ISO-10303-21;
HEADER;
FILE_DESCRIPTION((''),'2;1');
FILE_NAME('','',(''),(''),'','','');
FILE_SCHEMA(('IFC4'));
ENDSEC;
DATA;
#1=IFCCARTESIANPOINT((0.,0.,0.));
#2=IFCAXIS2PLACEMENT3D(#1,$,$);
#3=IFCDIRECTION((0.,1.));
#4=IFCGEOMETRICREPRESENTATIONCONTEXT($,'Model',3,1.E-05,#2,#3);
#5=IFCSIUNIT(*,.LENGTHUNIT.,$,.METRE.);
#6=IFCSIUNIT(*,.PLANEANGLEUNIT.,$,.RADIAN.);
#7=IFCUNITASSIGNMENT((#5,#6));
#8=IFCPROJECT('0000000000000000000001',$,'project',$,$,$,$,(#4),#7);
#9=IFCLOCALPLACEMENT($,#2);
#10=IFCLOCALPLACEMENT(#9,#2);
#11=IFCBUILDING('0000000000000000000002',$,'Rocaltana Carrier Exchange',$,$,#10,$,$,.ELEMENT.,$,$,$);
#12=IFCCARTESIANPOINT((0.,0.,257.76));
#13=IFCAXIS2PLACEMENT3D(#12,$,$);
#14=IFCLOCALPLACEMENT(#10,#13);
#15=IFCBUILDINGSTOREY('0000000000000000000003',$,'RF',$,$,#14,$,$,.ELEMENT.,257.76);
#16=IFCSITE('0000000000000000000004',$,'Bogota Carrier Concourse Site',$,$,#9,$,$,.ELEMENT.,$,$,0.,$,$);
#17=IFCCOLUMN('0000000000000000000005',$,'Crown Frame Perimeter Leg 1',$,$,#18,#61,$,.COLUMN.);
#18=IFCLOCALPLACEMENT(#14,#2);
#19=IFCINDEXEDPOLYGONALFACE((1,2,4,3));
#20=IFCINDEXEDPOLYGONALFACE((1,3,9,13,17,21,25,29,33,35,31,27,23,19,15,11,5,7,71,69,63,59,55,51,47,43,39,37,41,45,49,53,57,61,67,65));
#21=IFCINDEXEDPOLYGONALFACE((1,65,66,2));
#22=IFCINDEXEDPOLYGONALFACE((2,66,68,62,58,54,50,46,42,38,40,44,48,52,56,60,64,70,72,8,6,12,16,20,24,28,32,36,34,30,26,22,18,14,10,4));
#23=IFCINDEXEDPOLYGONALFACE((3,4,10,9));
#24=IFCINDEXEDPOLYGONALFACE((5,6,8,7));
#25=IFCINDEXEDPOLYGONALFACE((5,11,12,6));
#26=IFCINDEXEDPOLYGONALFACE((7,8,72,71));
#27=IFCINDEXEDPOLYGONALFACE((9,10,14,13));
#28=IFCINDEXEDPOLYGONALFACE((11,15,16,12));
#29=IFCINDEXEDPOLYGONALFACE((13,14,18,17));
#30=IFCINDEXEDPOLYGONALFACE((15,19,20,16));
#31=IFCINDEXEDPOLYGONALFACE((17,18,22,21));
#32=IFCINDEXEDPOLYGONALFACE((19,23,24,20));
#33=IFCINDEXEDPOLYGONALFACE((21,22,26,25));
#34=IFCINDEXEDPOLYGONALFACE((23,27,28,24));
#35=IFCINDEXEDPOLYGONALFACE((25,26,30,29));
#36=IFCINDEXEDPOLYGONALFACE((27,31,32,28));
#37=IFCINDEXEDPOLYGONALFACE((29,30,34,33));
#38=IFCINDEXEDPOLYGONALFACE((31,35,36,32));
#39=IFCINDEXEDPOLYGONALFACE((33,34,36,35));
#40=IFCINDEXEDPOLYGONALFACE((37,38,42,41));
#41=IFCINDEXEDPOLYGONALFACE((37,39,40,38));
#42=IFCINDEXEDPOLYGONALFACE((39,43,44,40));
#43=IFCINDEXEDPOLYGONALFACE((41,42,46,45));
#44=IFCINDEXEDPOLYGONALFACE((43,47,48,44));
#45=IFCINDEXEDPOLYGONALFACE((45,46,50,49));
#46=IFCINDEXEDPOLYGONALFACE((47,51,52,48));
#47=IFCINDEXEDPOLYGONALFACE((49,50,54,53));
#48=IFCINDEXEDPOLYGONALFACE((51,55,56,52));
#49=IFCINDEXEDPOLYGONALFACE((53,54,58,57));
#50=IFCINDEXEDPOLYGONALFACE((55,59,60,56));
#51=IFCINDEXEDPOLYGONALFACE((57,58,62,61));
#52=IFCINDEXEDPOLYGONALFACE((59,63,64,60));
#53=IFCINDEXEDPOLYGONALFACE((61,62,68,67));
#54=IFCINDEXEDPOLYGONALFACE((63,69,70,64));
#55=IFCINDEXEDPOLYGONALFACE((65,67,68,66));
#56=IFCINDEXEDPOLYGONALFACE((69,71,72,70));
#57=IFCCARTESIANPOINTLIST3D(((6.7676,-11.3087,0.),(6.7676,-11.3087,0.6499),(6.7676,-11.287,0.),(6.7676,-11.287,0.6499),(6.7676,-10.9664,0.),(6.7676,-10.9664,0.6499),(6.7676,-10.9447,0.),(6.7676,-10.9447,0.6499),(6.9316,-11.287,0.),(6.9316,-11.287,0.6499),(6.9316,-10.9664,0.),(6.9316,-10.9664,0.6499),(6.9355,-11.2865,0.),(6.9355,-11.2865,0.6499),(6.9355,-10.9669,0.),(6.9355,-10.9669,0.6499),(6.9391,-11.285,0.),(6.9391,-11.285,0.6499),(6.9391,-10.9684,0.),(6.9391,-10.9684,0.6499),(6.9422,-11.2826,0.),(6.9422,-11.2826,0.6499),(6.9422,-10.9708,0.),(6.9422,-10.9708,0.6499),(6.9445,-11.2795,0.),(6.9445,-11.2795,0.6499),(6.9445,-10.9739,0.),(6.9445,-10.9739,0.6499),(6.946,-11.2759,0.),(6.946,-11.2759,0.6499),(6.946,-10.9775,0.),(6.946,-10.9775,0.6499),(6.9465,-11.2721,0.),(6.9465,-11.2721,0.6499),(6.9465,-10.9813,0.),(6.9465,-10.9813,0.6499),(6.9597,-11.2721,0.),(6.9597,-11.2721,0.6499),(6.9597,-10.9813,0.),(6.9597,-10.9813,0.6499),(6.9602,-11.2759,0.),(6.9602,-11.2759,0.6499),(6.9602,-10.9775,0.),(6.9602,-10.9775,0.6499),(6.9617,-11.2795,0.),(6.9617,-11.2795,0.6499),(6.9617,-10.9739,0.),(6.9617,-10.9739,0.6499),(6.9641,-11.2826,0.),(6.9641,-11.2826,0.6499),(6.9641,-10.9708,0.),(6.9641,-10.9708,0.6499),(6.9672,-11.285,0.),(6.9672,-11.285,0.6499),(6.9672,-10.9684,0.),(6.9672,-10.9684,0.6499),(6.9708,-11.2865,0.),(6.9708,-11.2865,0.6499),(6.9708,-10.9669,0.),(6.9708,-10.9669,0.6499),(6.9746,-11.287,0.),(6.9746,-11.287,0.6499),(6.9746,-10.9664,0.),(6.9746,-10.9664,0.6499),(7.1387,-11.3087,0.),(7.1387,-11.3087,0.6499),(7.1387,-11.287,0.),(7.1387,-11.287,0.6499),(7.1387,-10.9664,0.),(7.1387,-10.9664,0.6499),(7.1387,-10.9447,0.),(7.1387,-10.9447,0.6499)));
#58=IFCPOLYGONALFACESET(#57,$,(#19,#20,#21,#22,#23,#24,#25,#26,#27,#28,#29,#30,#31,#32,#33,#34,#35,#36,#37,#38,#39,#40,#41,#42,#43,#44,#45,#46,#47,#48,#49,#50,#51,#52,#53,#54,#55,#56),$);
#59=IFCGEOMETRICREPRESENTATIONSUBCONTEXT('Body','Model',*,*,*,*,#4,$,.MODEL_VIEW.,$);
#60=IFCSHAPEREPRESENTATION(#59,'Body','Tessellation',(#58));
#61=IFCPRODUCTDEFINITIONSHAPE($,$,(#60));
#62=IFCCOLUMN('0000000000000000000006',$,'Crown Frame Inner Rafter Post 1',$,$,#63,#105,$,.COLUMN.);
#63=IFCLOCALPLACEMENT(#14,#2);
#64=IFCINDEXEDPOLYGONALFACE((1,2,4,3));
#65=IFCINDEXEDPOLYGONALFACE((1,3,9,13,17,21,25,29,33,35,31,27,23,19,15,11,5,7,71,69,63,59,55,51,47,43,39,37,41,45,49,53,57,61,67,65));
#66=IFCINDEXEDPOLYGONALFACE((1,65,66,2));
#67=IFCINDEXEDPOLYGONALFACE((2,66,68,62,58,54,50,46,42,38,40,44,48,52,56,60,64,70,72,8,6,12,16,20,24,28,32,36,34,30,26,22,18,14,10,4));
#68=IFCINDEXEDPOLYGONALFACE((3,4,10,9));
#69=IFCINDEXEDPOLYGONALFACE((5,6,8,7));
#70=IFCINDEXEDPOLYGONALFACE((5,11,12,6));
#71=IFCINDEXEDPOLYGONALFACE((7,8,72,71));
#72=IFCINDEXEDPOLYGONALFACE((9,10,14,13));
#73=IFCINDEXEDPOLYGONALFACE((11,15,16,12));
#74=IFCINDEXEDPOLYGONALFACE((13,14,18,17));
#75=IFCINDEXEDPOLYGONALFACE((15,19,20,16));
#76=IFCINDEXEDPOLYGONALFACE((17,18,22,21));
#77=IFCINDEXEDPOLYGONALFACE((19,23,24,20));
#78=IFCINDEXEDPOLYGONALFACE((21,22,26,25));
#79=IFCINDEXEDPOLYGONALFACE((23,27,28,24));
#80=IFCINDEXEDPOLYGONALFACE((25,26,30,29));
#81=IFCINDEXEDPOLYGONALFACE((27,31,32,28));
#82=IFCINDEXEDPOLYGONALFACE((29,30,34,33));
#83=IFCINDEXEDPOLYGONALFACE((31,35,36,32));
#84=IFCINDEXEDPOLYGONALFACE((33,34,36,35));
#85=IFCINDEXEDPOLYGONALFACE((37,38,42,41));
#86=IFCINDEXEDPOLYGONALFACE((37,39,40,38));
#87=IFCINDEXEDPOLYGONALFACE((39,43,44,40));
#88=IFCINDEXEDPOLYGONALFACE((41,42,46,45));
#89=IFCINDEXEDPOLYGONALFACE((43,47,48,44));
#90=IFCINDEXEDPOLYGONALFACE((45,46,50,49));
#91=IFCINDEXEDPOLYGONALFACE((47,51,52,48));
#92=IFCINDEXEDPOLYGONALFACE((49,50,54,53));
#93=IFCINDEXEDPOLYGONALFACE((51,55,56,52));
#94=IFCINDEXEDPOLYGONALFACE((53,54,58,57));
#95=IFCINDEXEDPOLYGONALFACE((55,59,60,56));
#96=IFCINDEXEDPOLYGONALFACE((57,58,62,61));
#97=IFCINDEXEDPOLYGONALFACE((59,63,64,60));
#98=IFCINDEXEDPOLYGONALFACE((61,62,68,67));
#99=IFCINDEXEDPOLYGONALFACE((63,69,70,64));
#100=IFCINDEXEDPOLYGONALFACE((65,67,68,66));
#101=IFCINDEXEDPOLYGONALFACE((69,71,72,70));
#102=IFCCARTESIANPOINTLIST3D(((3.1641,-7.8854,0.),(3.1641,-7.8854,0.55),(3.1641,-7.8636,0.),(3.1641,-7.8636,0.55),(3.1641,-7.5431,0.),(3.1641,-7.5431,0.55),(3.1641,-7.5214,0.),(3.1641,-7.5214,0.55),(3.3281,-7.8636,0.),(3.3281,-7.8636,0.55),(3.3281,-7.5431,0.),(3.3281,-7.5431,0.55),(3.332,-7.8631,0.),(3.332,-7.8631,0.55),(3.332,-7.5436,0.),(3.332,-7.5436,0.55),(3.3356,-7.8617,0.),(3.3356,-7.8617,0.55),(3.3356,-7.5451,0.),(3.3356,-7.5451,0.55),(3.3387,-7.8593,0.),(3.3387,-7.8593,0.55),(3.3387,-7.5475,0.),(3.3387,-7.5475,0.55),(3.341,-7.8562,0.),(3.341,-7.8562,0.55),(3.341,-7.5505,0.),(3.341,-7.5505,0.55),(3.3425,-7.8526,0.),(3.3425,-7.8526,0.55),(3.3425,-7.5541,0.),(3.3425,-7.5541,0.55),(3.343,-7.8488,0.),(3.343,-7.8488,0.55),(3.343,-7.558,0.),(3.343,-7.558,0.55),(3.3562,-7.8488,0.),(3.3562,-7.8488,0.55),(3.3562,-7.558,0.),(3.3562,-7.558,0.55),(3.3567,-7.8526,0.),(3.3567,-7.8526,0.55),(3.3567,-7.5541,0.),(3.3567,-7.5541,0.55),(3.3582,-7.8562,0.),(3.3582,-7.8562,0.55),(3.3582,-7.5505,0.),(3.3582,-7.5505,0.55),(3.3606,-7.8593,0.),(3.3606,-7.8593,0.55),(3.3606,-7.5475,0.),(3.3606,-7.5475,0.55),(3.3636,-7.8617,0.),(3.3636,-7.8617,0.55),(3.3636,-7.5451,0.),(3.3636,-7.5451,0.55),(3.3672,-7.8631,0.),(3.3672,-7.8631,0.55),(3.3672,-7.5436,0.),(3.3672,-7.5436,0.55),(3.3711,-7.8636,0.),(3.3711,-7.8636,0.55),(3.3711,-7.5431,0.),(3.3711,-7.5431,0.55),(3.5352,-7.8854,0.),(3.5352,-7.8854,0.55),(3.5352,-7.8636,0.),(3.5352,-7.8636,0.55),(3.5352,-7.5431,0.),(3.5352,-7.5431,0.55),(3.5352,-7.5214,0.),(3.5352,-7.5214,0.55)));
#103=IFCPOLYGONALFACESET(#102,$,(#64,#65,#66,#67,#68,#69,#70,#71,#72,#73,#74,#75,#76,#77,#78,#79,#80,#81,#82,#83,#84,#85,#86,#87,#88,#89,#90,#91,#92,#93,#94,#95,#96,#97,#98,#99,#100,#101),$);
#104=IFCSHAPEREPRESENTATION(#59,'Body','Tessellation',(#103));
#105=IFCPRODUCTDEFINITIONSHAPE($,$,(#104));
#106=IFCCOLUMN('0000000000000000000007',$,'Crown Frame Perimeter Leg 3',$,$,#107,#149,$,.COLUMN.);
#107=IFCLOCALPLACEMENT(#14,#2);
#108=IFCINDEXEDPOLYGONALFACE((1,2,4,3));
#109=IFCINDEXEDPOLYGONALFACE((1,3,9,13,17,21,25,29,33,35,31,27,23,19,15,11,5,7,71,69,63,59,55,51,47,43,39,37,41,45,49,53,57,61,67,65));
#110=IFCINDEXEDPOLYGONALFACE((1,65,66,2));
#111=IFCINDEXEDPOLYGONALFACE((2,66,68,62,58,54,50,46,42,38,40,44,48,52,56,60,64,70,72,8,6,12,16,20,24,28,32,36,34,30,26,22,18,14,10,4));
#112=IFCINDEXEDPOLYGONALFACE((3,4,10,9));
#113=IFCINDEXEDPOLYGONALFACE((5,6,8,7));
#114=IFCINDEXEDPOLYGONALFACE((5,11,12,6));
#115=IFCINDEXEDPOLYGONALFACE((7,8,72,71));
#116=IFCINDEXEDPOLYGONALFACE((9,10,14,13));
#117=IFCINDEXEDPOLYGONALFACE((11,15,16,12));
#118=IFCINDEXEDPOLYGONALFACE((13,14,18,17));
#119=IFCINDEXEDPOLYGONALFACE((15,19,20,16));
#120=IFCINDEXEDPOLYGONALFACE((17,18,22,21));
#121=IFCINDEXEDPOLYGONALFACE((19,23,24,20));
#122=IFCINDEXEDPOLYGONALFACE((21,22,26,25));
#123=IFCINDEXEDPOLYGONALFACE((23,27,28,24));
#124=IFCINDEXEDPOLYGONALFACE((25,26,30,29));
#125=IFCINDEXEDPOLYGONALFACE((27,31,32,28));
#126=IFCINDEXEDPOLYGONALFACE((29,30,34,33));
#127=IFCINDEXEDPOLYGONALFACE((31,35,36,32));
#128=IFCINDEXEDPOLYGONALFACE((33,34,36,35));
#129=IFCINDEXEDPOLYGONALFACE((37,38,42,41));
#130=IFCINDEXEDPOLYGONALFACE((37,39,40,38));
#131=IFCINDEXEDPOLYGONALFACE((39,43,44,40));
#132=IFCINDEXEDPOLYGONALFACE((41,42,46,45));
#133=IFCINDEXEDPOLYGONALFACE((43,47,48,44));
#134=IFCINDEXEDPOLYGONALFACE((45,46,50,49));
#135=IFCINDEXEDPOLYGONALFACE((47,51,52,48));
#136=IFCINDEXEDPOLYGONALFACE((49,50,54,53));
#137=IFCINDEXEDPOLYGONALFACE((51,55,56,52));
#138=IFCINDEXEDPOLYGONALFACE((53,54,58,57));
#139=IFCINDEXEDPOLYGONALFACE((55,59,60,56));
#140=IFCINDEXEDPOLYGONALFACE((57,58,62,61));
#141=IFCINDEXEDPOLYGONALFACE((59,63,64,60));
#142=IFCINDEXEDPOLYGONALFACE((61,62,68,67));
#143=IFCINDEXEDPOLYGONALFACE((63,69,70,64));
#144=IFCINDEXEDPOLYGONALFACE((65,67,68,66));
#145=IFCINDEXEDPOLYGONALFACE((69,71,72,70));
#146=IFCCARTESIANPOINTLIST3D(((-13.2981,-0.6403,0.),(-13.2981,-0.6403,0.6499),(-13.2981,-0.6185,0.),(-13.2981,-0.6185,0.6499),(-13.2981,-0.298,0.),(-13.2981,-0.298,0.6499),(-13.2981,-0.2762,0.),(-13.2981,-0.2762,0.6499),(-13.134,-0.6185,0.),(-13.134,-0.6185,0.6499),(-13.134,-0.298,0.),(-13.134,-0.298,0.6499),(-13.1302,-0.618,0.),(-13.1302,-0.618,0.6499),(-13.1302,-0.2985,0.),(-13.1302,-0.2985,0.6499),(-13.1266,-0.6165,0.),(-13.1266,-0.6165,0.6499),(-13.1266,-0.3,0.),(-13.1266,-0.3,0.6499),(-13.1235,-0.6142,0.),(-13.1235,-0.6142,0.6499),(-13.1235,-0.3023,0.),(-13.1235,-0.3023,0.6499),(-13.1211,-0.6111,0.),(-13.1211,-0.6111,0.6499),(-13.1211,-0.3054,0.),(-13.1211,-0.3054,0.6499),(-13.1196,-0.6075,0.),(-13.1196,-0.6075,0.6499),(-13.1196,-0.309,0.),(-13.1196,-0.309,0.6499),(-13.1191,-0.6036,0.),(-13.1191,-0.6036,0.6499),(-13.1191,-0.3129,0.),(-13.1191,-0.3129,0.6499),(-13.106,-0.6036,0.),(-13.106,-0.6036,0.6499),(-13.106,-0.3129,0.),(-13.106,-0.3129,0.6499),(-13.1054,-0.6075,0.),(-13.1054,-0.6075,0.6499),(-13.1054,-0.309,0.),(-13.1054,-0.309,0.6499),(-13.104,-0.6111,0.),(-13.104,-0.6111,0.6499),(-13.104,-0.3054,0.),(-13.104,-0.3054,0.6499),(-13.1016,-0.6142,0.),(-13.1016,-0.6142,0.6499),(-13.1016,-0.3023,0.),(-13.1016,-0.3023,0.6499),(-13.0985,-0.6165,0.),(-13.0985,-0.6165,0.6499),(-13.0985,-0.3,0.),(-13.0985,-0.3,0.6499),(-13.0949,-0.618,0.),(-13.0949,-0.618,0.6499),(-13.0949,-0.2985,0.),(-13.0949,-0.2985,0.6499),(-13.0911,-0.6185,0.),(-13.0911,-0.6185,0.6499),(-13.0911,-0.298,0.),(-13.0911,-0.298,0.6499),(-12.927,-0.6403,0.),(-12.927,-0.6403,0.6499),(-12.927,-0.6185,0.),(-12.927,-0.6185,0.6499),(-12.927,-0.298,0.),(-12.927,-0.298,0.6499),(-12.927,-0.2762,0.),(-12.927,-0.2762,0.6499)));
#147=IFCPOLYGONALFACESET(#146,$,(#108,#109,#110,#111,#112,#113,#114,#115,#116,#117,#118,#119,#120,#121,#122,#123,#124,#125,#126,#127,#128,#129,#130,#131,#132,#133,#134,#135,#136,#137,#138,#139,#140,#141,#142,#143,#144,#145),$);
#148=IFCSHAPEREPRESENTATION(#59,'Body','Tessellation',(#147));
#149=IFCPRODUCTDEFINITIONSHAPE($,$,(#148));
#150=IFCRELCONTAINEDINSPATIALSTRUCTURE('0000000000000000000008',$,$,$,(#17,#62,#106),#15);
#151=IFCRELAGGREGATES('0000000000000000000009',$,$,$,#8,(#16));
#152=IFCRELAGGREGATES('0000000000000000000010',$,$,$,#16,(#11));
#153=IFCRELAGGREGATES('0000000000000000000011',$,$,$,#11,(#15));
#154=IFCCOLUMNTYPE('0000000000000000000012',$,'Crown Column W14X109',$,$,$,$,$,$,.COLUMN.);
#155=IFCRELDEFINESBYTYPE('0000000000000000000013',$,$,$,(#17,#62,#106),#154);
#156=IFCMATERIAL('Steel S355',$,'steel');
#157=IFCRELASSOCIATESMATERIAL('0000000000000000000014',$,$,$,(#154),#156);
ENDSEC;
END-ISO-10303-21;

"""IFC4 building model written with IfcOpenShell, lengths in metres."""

from ifc_helpers import new_model, si_unit, direction, frame, origin, origin_2d, place, context, subcontext, project, spatial, i_section, extrude, material, material_profile, profile_set, type_object, element, save


model = new_model("IFC4")

# Units and contexts
model_context = context("Model", 3, precision=1e-05, world=origin(), true_north=direction((0.0, 1.0)))
body_context = subcontext(model_context, "Body", "Model", "MODEL_VIEW")
ifc_project = project(units=[si_unit("LENGTHUNIT", "METRE"), si_unit("PLANEANGLEUNIT", "RADIAN")], contexts=[model_context])

# Site, building, storey
site_placement = place(None, origin())
site = spatial("IfcSite", under=ifc_project, at=site_placement, Name="Bogota Carrier Concourse Site", CompositionType="ELEMENT", RefElevation=0.0)
building_placement = place(site_placement, origin())
building = spatial("IfcBuilding", under=site, at=building_placement, Name="Rocaltana Carrier Exchange", CompositionType="ELEMENT")
storey_placement = place(building_placement, frame((0.0, 0.0, 257.76)))
storey = spatial("IfcBuildingStorey", under=building, at=storey_placement, Name="RF", CompositionType="ELEMENT", Elevation=257.76)

# Columns
ifc_material_1 = material(Name="Steel S355", Category="steel")
ifc_material_profile_1 = material_profile(ifc_material_1, i_section(OverallWidth=0.3711, OverallDepth=0.364, WebThickness=0.0132, FlangeThickness=0.0217, FilletRadius=0.0149, at=origin_2d()), Name="W14X109")
ifc_profile_set_1 = profile_set([ifc_material_profile_1], Name="Steel S355")
column_type_1 = type_object("IfcColumnType", Name="Crown Column W14X109", PredefinedType="COLUMN", material=ifc_profile_set_1)
column_1_placement = place(storey_placement, frame((6.9531, -11.1267, 0.0), z_axis=(0.0, 0.0, 1.0), x_axis=(1.0, 0.0, 0.0)))
element("IfcColumn", 1, at=column_1_placement, inside=storey, type_object=column_type_1, Name="Crown Frame Perimeter Leg 1", PredefinedType="COLUMN", context=body_context, shape_type="SweptSolid", body=[
    extrude(i_section(OverallWidth=0.3711, OverallDepth=0.364, WebThickness=0.0132, FlangeThickness=0.0217, FilletRadius=0.0149, at=origin_2d()), origin(), (0.0, 0.0, 1.0), 0.6499),
])
column_2_placement = place(storey_placement, frame((3.3496, -7.7034, 0.0), z_axis=(0.0, 0.0, 1.0), x_axis=(1.0, 0.0, 0.0)))
element("IfcColumn", 2, at=column_2_placement, inside=storey, type_object=column_type_1, Name="Crown Frame Inner Rafter Post 1", PredefinedType="COLUMN", context=body_context, shape_type="SweptSolid", body=[
    extrude(i_section(OverallWidth=0.3711, OverallDepth=0.364, WebThickness=0.0132, FlangeThickness=0.0217, FilletRadius=0.0149, at=origin_2d()), origin(), (0.0, 0.0, 1.0), 0.55),
])
column_3_placement = place(storey_placement, frame((-13.1125, -0.4583, 0.0), z_axis=(0.0, 0.0, 1.0), x_axis=(1.0, 0.0, 0.0)))
element("IfcColumn", 3, at=column_3_placement, inside=storey, type_object=column_type_1, Name="Crown Frame Perimeter Leg 3", PredefinedType="COLUMN", context=body_context, shape_type="SweptSolid", body=[
    extrude(i_section(OverallWidth=0.3711, OverallDepth=0.364, WebThickness=0.0132, FlangeThickness=0.0217, FilletRadius=0.0149, at=origin_2d()), origin(), (0.0, 0.0, 1.0), 0.6499),
])

save(model, "model.ifc")
